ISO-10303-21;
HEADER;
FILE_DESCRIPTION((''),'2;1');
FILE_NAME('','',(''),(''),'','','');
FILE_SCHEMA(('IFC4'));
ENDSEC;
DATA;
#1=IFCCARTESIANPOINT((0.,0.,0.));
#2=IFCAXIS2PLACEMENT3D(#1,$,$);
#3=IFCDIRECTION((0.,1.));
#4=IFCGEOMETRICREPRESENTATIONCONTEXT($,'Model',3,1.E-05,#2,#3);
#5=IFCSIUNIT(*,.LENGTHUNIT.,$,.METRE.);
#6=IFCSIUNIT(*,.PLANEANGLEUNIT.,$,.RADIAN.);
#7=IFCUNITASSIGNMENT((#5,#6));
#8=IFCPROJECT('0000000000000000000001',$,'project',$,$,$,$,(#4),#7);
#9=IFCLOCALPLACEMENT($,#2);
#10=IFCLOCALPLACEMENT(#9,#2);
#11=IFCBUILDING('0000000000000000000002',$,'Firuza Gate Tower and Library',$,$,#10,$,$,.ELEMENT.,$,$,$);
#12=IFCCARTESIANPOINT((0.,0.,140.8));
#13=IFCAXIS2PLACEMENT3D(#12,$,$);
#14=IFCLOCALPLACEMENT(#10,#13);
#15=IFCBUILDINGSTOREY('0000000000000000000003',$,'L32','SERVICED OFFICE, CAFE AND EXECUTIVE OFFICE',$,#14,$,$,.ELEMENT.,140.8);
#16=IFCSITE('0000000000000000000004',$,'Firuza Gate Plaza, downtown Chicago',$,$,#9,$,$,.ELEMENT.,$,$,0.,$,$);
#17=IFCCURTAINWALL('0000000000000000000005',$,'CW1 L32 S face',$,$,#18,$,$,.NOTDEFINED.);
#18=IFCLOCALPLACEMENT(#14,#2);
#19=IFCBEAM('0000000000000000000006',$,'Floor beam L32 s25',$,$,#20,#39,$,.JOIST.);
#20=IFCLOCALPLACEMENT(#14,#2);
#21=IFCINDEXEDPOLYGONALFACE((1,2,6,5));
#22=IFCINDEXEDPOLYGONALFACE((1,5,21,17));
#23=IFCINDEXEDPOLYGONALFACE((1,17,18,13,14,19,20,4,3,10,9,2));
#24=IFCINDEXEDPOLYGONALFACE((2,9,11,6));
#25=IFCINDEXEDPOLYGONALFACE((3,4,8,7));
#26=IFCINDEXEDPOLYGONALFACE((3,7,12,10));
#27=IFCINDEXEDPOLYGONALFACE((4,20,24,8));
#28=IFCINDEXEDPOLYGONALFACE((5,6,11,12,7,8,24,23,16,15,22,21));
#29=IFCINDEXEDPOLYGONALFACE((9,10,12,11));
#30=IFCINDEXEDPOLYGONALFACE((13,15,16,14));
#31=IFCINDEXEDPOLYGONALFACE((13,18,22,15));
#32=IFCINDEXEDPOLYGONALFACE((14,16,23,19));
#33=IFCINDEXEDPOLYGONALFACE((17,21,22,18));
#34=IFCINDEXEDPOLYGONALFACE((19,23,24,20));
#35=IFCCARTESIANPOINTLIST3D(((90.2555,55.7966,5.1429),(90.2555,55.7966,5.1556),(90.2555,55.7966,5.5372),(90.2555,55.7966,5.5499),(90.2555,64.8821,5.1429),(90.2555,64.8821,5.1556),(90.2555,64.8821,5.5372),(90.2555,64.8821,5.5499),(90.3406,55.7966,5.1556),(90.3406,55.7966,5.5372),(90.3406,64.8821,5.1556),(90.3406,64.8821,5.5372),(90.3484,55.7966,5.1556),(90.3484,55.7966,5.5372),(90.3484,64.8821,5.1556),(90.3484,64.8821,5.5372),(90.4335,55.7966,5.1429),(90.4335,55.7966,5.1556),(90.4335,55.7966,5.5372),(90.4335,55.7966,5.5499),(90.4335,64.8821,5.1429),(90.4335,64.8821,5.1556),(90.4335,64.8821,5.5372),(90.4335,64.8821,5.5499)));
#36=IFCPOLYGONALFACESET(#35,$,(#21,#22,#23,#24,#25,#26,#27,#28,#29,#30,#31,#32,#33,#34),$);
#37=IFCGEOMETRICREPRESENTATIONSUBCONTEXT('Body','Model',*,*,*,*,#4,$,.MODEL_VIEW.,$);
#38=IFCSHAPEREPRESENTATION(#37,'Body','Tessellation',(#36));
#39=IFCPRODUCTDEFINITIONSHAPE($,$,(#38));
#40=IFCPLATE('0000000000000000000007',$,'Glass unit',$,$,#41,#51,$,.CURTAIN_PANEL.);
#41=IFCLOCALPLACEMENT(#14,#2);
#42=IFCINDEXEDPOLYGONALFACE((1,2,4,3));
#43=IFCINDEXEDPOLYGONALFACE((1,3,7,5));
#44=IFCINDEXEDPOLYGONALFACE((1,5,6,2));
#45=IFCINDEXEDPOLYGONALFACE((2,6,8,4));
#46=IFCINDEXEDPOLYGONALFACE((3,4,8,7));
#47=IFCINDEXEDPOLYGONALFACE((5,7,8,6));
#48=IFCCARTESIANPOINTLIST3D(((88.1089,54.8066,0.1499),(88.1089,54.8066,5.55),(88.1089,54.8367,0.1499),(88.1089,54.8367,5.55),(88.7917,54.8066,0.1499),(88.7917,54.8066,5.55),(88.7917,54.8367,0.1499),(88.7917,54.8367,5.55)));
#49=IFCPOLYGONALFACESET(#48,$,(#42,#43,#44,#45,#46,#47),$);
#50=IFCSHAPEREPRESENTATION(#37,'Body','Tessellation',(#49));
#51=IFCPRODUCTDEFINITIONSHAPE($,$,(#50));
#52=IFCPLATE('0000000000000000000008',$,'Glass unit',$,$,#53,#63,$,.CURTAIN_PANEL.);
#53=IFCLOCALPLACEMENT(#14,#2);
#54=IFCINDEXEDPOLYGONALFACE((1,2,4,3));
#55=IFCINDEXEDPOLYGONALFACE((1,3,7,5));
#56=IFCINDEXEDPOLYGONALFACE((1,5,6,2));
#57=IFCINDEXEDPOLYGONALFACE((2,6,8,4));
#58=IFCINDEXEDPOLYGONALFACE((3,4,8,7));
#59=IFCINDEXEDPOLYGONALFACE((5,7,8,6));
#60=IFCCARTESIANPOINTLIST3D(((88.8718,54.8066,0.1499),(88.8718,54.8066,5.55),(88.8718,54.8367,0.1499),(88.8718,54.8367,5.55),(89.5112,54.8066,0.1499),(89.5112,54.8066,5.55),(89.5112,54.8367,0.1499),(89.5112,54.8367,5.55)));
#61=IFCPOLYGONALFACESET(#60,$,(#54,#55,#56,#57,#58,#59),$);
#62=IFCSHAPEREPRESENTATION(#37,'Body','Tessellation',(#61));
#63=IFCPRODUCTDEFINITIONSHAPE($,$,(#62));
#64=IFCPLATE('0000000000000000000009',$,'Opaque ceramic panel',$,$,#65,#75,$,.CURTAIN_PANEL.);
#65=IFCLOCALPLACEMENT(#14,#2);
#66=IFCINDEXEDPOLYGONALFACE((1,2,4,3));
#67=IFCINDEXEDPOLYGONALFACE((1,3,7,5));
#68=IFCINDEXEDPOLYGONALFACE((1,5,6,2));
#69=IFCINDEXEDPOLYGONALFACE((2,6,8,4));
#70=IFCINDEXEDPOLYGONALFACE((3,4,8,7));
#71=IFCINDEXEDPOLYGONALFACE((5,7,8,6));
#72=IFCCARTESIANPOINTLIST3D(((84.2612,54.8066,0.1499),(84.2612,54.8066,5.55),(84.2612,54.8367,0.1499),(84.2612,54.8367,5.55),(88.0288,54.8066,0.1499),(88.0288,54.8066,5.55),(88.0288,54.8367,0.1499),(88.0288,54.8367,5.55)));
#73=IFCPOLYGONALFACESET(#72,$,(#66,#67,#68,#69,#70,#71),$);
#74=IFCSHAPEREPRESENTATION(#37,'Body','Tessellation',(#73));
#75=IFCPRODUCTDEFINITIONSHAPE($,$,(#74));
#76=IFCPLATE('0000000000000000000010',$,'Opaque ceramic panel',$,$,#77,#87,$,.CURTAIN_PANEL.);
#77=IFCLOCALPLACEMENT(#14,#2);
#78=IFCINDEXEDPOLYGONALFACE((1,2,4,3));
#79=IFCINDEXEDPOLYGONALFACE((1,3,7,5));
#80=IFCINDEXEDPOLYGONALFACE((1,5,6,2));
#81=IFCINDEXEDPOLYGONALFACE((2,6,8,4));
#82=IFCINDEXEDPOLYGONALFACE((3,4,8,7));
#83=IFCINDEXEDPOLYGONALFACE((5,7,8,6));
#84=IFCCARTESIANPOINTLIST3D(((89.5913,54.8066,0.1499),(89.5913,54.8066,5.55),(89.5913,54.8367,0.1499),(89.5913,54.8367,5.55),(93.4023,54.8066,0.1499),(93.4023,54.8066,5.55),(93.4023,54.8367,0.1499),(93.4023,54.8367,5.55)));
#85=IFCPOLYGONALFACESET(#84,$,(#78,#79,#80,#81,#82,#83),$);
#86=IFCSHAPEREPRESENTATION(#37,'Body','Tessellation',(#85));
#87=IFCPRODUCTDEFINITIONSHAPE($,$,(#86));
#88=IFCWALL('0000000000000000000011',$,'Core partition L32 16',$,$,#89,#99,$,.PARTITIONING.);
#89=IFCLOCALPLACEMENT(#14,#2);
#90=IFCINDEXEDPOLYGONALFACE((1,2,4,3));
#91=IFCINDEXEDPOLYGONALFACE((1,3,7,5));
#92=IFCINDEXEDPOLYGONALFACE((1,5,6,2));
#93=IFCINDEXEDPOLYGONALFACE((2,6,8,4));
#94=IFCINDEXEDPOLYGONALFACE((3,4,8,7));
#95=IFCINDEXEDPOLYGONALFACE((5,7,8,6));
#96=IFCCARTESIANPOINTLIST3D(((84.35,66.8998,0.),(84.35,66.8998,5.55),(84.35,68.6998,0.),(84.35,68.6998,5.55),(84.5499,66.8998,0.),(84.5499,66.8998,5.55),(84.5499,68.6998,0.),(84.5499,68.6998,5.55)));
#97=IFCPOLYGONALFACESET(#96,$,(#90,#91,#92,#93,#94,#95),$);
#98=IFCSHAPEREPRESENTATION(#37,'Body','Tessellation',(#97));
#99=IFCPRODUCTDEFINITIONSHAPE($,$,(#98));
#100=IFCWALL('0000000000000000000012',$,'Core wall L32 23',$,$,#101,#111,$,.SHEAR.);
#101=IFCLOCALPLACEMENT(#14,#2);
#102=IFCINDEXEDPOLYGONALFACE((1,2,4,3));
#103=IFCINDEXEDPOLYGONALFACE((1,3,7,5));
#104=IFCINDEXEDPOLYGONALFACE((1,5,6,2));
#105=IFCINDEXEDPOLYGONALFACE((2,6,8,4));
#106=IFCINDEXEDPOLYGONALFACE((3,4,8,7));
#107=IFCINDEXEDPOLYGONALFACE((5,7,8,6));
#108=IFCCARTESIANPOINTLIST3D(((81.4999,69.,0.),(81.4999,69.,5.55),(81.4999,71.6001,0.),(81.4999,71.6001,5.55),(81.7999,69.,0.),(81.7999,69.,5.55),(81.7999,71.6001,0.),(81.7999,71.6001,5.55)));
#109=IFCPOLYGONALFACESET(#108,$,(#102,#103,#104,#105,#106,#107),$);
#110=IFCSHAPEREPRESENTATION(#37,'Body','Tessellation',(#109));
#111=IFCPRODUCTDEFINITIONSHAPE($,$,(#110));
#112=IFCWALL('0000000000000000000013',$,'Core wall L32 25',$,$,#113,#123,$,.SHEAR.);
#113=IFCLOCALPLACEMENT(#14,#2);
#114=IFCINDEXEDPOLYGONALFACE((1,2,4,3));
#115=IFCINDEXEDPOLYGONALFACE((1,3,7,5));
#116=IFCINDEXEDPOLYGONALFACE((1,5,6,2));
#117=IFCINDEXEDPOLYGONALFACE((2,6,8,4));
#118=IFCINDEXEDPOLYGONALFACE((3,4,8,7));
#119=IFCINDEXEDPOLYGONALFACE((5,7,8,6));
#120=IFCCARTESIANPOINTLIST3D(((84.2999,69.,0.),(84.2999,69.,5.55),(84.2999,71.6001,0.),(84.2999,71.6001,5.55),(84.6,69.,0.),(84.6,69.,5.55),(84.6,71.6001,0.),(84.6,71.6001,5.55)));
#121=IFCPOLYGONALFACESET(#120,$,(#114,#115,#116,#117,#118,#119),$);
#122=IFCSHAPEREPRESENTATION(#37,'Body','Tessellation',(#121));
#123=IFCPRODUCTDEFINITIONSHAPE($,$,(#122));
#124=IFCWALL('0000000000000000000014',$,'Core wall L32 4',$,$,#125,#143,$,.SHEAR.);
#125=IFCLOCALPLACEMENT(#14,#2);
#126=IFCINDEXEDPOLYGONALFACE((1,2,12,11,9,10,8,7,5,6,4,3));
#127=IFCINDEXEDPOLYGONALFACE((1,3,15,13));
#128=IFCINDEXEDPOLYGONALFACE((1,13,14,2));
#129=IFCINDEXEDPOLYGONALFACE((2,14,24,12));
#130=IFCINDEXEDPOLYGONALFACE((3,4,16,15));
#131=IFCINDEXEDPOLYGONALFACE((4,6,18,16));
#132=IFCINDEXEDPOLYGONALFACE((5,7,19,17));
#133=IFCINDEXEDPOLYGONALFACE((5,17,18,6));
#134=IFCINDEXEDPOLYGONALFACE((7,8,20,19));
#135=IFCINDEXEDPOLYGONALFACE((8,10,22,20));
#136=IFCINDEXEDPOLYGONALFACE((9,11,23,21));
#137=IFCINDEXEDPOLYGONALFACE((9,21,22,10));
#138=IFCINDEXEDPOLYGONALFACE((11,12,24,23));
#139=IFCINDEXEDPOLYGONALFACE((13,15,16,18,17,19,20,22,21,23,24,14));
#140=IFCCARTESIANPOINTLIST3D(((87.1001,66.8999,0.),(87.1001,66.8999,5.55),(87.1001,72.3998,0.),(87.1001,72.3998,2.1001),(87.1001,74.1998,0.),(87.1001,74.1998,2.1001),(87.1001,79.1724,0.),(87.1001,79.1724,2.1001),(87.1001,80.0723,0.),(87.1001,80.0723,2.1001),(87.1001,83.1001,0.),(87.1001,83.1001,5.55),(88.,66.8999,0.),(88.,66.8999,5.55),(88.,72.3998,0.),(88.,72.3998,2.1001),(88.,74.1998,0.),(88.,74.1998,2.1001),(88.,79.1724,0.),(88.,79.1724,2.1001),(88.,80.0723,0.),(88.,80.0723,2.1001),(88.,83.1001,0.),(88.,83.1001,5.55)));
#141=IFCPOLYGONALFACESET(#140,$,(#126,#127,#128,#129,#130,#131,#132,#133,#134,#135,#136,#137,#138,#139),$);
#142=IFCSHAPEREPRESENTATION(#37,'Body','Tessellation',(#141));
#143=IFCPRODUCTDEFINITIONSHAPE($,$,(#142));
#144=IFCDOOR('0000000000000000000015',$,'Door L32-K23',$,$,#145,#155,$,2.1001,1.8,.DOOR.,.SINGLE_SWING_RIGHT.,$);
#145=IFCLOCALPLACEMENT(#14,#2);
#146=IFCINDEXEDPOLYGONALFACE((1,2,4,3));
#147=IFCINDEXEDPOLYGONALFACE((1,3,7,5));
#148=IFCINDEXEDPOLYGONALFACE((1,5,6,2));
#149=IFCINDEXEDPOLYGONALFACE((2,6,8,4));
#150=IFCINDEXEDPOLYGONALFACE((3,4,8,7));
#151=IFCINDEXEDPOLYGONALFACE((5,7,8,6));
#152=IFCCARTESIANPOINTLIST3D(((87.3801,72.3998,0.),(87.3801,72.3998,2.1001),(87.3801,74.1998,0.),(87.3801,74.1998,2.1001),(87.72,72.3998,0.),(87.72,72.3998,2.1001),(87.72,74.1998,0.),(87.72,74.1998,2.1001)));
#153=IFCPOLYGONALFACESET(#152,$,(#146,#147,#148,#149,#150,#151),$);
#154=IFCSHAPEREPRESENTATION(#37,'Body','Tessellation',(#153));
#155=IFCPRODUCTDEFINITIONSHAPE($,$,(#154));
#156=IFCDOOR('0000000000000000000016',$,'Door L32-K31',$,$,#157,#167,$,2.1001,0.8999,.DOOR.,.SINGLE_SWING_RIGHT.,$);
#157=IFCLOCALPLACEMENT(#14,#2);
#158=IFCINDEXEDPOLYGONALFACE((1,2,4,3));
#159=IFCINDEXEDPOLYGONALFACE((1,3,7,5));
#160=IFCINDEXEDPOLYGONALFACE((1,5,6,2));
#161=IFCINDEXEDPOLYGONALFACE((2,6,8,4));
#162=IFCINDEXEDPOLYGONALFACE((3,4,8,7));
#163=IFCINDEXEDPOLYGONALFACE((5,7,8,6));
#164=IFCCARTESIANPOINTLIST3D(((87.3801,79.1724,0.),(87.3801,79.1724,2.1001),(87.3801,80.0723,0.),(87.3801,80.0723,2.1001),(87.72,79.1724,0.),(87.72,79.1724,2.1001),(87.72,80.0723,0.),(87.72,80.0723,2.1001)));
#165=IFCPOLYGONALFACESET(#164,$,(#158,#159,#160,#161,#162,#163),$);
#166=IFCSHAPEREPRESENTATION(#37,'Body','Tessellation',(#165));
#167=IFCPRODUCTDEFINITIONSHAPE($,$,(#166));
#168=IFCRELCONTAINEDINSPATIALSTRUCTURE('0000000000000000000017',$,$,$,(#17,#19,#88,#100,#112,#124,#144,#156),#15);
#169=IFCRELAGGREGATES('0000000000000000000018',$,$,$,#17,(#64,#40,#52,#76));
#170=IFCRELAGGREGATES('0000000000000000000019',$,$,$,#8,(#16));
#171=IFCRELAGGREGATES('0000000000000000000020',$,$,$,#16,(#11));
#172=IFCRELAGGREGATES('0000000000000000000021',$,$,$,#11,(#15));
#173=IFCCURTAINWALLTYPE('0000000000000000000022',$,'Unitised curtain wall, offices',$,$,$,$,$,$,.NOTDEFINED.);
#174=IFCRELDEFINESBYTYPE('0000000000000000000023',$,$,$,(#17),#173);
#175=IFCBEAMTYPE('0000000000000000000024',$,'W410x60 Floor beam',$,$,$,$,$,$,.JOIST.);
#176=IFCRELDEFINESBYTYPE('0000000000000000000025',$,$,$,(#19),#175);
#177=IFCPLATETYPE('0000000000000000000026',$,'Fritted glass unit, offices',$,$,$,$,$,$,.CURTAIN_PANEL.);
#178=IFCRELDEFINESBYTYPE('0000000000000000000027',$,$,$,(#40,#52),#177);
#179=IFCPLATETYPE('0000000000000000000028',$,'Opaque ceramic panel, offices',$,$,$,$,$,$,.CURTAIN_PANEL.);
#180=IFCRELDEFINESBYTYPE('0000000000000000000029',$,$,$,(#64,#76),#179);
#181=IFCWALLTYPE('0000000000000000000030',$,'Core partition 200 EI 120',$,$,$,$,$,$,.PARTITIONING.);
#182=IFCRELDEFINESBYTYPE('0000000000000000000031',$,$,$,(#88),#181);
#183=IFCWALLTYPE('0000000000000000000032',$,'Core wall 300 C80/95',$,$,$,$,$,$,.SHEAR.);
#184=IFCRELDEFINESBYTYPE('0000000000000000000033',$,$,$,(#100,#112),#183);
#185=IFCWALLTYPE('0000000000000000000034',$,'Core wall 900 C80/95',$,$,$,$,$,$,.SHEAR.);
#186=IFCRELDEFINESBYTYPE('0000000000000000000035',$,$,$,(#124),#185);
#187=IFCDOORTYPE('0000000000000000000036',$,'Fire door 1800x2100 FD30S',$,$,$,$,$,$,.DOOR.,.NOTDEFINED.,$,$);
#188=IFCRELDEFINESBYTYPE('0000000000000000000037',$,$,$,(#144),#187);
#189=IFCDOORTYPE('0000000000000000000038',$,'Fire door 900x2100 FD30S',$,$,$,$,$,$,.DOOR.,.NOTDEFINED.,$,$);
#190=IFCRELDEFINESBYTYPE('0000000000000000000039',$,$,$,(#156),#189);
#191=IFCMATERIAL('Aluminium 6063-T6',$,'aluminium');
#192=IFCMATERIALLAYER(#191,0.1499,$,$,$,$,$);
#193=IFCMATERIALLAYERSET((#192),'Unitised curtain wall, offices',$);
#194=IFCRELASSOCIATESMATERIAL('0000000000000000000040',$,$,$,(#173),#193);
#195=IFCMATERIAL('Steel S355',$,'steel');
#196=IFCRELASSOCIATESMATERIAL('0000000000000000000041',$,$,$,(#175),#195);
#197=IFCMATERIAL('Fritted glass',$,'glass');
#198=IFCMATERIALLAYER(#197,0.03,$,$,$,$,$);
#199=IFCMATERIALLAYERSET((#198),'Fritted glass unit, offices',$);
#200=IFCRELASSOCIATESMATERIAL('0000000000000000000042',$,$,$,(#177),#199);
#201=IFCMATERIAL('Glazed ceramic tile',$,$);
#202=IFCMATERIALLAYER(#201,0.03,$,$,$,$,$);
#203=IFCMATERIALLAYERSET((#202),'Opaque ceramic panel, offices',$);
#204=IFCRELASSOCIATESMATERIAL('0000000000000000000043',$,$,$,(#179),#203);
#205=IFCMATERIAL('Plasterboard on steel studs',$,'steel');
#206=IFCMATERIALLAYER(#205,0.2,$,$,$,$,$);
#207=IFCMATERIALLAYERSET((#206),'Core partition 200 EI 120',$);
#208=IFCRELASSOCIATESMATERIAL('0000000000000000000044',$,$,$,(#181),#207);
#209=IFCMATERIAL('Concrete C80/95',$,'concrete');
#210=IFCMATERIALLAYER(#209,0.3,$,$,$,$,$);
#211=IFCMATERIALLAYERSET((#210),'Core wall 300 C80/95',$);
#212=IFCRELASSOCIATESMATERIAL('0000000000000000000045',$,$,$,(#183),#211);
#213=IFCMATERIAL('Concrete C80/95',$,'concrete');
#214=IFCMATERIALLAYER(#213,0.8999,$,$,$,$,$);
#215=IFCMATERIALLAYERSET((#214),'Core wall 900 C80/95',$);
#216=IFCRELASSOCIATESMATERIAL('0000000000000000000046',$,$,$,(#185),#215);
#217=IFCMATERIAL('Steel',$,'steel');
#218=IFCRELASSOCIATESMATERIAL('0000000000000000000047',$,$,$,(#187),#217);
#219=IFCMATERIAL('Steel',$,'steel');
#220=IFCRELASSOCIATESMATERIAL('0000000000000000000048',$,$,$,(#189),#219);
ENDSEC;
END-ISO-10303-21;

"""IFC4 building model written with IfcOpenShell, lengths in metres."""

from ifc_helpers import new_model, si_unit, direction, frame, frame_2d, origin, origin_2d, place, context, subcontext, project, spatial, polyline, rectangle, i_section, outline, extrude, material, layer, layer_set, material_profile, profile_set, type_object, element, fill, aggregate, save


model = new_model("IFC4")

# Units and contexts
model_context = context("Model", 3, precision=1e-05, world=origin(), true_north=direction((0.0, 1.0)))
body_context = subcontext(model_context, "Body", "Model", "MODEL_VIEW")
ifc_project = project(units=[si_unit("LENGTHUNIT", "METRE"), si_unit("PLANEANGLEUNIT", "RADIAN")], contexts=[model_context])

# Site, building, storey
site_placement = place(None, origin())
site = spatial("IfcSite", under=ifc_project, at=site_placement, Name="Firuza Gate Plaza, downtown Chicago", CompositionType="ELEMENT", RefElevation=0.0)
building_placement = place(site_placement, origin())
building = spatial("IfcBuilding", under=site, at=building_placement, Name="Firuza Gate Tower and Library", CompositionType="ELEMENT")
storey_placement = place(building_placement, frame((0.0, 0.0, 140.8)))
storey = spatial("IfcBuildingStorey", under=building, at=storey_placement, Name="L32", Description="SERVICED OFFICE, CAFE AND EXECUTIVE OFFICE", CompositionType="ELEMENT", Elevation=140.8)

# Curtain wall
ifc_material_1 = material(Name="Aluminium 6063-T6", Category="aluminium")
ifc_layer_1 = layer(ifc_material_1, 0.1499)
ifc_layer_set_1 = layer_set([ifc_layer_1], Name="Unitised curtain wall, offices")
curtain_wall_type = type_object("IfcCurtainWallType", Name="Unitised curtain wall, offices", PredefinedType="NOTDEFINED", material=ifc_layer_set_1)
curtain_wall_placement = place(storey_placement, origin())
curtain_wall = element("IfcCurtainWall", 1, at=curtain_wall_placement, inside=storey, type_object=curtain_wall_type, Name="CW1 L32 S face", PredefinedType="NOTDEFINED")

# Beam
ifc_material_2 = material(Name="Steel S355", Category="steel")
ifc_material_profile_1 = material_profile(ifc_material_2, i_section(OverallWidth=0.178, OverallDepth=0.407, WebThickness=0.0078, FlangeThickness=0.0127, at=origin_2d()))
ifc_profile_set_1 = profile_set([ifc_material_profile_1], Name="Steel S355")
beam_type = type_object("IfcBeamType", Name="W410x60 Floor beam", PredefinedType="JOIST", material=ifc_profile_set_1)
beam_1_placement = place(storey_placement, frame((90.3445, 55.7966, 5.3464), z_axis=(0.0, 1.0, 0.0), x_axis=(-1.0, 0.0, 0.0)))
element("IfcBeam", 2, at=beam_1_placement, inside=storey, type_object=beam_type, Name="Floor beam L32 s25", PredefinedType="JOIST", context=body_context, shape_type="SweptSolid", body=[
    extrude(i_section(OverallWidth=0.178, OverallDepth=0.407, WebThickness=0.0078, FlangeThickness=0.0127, at=origin_2d()), origin(), (0.0, 0.0, 1.0), 9.0854),
])

# Plates
ifc_material_3 = material(Name="Fritted glass", Category="glass")
ifc_layer_2 = layer(ifc_material_3, 0.03)
ifc_layer_set_2 = layer_set([ifc_layer_2], Name="Fritted glass unit, offices")
plate_type_1 = type_object("IfcPlateType", Name="Fritted glass unit, offices", PredefinedType="CURTAIN_PANEL", material=ifc_layer_set_2)
plate_1_placement = place(storey_placement, frame((88.1089, 54.8066, 0.1499), z_axis=(0.0, -1.0, 0.0), x_axis=(1.0, 0.0, 0.0)))
plate_1 = element("IfcPlate", 3, at=plate_1_placement, type_object=plate_type_1, Name="Glass unit", PredefinedType="CURTAIN_PANEL", context=body_context, shape_type="SweptSolid", body=[
    extrude(outline(polyline([(0.0, 0.0), (0.6829, 0.0), (0.6829, 5.4001), (0.0, 5.4001), (0.0, 0.0)])), origin(), (0.0, 0.0, -1.0), 0.03),
])
plate_2_placement = place(storey_placement, frame((88.8718, 54.8066, 0.1499), z_axis=(0.0, -1.0, 0.0), x_axis=(1.0, 0.0, 0.0)))
plate_2 = element("IfcPlate", 4, at=plate_2_placement, type_object=plate_type_1, Name="Glass unit", PredefinedType="CURTAIN_PANEL", context=body_context, shape_type="SweptSolid", body=[
    extrude(outline(polyline([(0.0, 0.0), (0.6394, 0.0), (0.6394, 5.4001), (0.0, 5.4001), (0.0, 0.0)])), origin(), (0.0, 0.0, -1.0), 0.03),
])
ifc_material_4 = material(Name="Glazed ceramic tile")
ifc_layer_3 = layer(ifc_material_4, 0.03)
ifc_layer_set_3 = layer_set([ifc_layer_3], Name="Opaque ceramic panel, offices")
plate_type_2 = type_object("IfcPlateType", Name="Opaque ceramic panel, offices", PredefinedType="CURTAIN_PANEL", material=ifc_layer_set_3)
plate_3_placement = place(storey_placement, frame((84.2612, 54.8066, 0.1499), z_axis=(0.0, -1.0, 0.0), x_axis=(1.0, 0.0, 0.0)))
plate_3 = element("IfcPlate", 5, at=plate_3_placement, type_object=plate_type_2, Name="Opaque ceramic panel", PredefinedType="CURTAIN_PANEL", context=body_context, shape_type="SweptSolid", body=[
    extrude(outline(polyline([(0.0, 0.0), (3.7676, 0.0), (3.7676, 5.4001), (0.0, 5.4001), (0.0, 0.0)])), origin(), (0.0, 0.0, -1.0), 0.03),
])
plate_4_placement = place(storey_placement, frame((89.5913, 54.8066, 0.1499), z_axis=(0.0, -1.0, 0.0), x_axis=(1.0, 0.0, 0.0)))
plate_4 = element("IfcPlate", 6, at=plate_4_placement, type_object=plate_type_2, Name="Opaque ceramic panel", PredefinedType="CURTAIN_PANEL", context=body_context, shape_type="SweptSolid", body=[
    extrude(outline(polyline([(0.0, 0.0), (3.811, 0.0), (3.811, 5.4001), (0.0, 5.4001), (0.0, 0.0)])), origin(), (0.0, 0.0, -1.0), 0.03),
])
aggregate(curtain_wall, [plate_3, plate_1, plate_2, plate_4])

# Walls
ifc_material_5 = material(Name="Plasterboard on steel studs", Category="steel")
ifc_layer_4 = layer(ifc_material_5, 0.2)
ifc_layer_set_4 = layer_set([ifc_layer_4], Name="Core partition 200 EI 120")
wall_type_1 = type_object("IfcWallType", Name="Core partition 200 EI 120", PredefinedType="PARTITIONING", material=ifc_layer_set_4)
wall_1_placement = place(storey_placement, frame((84.45, 66.8999, 0.0), z_axis=(0.0, 0.0, 1.0), x_axis=(0.0, 1.0, 0.0)))
element("IfcWall", 7, at=wall_1_placement, inside=storey, type_object=wall_type_1, Name="Core partition L32 16", PredefinedType="PARTITIONING", context=body_context, shape_type="SweptSolid", body=[
    extrude(rectangle(XDim=1.8, YDim=0.2, at=frame_2d((0.8999, 0.0))), origin(), (0.0, 0.0, 1.0), 5.55),
])
ifc_material_6 = material(Name="Concrete C80/95", Category="concrete")
ifc_layer_5 = layer(ifc_material_6, 0.3)
ifc_layer_set_5 = layer_set([ifc_layer_5], Name="Core wall 300 C80/95")
wall_type_2 = type_object("IfcWallType", Name="Core wall 300 C80/95", PredefinedType="SHEAR", material=ifc_layer_set_5)
for number, where, z_axis, x_axis, name in (
    (8, (81.6499, 69.0, 0.0), (0.0, 0.0, 1.0), (0.0, 1.0, 0.0), "Core wall L32 23"),
    (9, (84.45, 69.0, 0.0), (0.0, 0.0, 1.0), (0.0, 1.0, 0.0), "Core wall L32 25"),
):
    element("IfcWall", number, at=place(storey_placement, frame(where, z_axis=z_axis, x_axis=x_axis)), inside=storey, type_object=wall_type_2, Name=name, PredefinedType="SHEAR", context=body_context, shape_type="SweptSolid", body=[
        extrude(rectangle(XDim=2.6001, YDim=0.3, at=frame_2d((1.3, 0.0))), origin(), (0.0, 0.0, 1.0), 5.55),
    ])

# Wall, openings, doors
ifc_material_7 = material(Name="Concrete C80/95", Category="concrete")
ifc_layer_6 = layer(ifc_material_7, 0.8999)
ifc_layer_set_6 = layer_set([ifc_layer_6], Name="Core wall 900 C80/95")
wall_type_3 = type_object("IfcWallType", Name="Core wall 900 C80/95", PredefinedType="SHEAR", material=ifc_layer_set_6)
wall_2_placement = place(storey_placement, frame((87.55, 66.8999, 0.0), z_axis=(0.0, 0.0, 1.0), x_axis=(0.0, 1.0, 0.0)))
wall_2 = element("IfcWall", 10, at=wall_2_placement, inside=storey, type_object=wall_type_3, Name="Core wall L32 4", PredefinedType="SHEAR", context=body_context, shape_type="SweptSolid", body=[
    extrude(rectangle(XDim=16.2002, YDim=0.8999, at=frame_2d((8.1001, 0.0))), origin(), (0.0, 0.0, 1.0), 5.55),
])
opening_1_placement = place(wall_2_placement, frame((5.5, 0.0, 0.0)))
opening_1 = element("IfcOpeningElement", 11, at=opening_1_placement, cuts=wall_2, PredefinedType="OPENING", context=body_context, shape_type="SweptSolid", body=[
    extrude(rectangle(XDim=1.8, YDim=2.1001, at=frame_2d((0.8999, 1.05))), frame((0.0, 0.46, 0.0), z_axis=(0.0, -1.0, 0.0), x_axis=(1.0, 0.0, 0.0)), (0.0, 0.0, 1.0), 0.9199),
])
opening_2_placement = place(wall_2_placement, frame((12.2725, 0.0, 0.0)))
opening_2 = element("IfcOpeningElement", 12, at=opening_2_placement, cuts=wall_2, PredefinedType="OPENING", context=body_context, shape_type="SweptSolid", body=[
    extrude(rectangle(XDim=0.8999, YDim=2.1001, at=frame_2d((0.45, 1.05))), frame((0.0, 0.46, 0.0), z_axis=(0.0, -1.0, 0.0), x_axis=(1.0, 0.0, 0.0)), (0.0, 0.0, 1.0), 0.9199),
])
ifc_material_8 = material(Name="Steel", Category="steel")
door_type_1 = type_object("IfcDoorType", Name="Fire door 1800x2100 FD30S", OperationType="NOTDEFINED", PredefinedType="DOOR", material=ifc_material_8)
door_1_placement = place(opening_1_placement, origin())
door_1 = element("IfcDoor", 13, at=door_1_placement, inside=storey, type_object=door_type_1, Name="Door L32-K23", OperationType="SINGLE_SWING_RIGHT", OverallHeight=2.1001, OverallWidth=1.8, PredefinedType="DOOR", context=body_context, shape_type="SweptSolid", body=[
    extrude(rectangle(XDim=1.8, YDim=2.1001, at=frame_2d((0.8999, 1.05))), frame((0.0, 0.1699, 0.0), z_axis=(0.0, -1.0, 0.0), x_axis=(1.0, 0.0, 0.0)), (0.0, 0.0, 1.0), 0.3398),
])
fill(opening_1, door_1)
ifc_material_9 = material(Name="Steel", Category="steel")
door_type_2 = type_object("IfcDoorType", Name="Fire door 900x2100 FD30S", OperationType="NOTDEFINED", PredefinedType="DOOR", material=ifc_material_9)
door_2_placement = place(opening_2_placement, origin())
door_2 = element("IfcDoor", 14, at=door_2_placement, inside=storey, type_object=door_type_2, Name="Door L32-K31", OperationType="SINGLE_SWING_RIGHT", OverallHeight=2.1001, OverallWidth=0.8999, PredefinedType="DOOR", context=body_context, shape_type="SweptSolid", body=[
    extrude(rectangle(XDim=0.8999, YDim=2.1001, at=frame_2d((0.45, 1.05))), frame((0.0, 0.1699, 0.0), z_axis=(0.0, -1.0, 0.0), x_axis=(1.0, 0.0, 0.0)), (0.0, 0.0, 1.0), 0.3398),
])
fill(opening_2, door_2)

save(model, "model.ifc")
